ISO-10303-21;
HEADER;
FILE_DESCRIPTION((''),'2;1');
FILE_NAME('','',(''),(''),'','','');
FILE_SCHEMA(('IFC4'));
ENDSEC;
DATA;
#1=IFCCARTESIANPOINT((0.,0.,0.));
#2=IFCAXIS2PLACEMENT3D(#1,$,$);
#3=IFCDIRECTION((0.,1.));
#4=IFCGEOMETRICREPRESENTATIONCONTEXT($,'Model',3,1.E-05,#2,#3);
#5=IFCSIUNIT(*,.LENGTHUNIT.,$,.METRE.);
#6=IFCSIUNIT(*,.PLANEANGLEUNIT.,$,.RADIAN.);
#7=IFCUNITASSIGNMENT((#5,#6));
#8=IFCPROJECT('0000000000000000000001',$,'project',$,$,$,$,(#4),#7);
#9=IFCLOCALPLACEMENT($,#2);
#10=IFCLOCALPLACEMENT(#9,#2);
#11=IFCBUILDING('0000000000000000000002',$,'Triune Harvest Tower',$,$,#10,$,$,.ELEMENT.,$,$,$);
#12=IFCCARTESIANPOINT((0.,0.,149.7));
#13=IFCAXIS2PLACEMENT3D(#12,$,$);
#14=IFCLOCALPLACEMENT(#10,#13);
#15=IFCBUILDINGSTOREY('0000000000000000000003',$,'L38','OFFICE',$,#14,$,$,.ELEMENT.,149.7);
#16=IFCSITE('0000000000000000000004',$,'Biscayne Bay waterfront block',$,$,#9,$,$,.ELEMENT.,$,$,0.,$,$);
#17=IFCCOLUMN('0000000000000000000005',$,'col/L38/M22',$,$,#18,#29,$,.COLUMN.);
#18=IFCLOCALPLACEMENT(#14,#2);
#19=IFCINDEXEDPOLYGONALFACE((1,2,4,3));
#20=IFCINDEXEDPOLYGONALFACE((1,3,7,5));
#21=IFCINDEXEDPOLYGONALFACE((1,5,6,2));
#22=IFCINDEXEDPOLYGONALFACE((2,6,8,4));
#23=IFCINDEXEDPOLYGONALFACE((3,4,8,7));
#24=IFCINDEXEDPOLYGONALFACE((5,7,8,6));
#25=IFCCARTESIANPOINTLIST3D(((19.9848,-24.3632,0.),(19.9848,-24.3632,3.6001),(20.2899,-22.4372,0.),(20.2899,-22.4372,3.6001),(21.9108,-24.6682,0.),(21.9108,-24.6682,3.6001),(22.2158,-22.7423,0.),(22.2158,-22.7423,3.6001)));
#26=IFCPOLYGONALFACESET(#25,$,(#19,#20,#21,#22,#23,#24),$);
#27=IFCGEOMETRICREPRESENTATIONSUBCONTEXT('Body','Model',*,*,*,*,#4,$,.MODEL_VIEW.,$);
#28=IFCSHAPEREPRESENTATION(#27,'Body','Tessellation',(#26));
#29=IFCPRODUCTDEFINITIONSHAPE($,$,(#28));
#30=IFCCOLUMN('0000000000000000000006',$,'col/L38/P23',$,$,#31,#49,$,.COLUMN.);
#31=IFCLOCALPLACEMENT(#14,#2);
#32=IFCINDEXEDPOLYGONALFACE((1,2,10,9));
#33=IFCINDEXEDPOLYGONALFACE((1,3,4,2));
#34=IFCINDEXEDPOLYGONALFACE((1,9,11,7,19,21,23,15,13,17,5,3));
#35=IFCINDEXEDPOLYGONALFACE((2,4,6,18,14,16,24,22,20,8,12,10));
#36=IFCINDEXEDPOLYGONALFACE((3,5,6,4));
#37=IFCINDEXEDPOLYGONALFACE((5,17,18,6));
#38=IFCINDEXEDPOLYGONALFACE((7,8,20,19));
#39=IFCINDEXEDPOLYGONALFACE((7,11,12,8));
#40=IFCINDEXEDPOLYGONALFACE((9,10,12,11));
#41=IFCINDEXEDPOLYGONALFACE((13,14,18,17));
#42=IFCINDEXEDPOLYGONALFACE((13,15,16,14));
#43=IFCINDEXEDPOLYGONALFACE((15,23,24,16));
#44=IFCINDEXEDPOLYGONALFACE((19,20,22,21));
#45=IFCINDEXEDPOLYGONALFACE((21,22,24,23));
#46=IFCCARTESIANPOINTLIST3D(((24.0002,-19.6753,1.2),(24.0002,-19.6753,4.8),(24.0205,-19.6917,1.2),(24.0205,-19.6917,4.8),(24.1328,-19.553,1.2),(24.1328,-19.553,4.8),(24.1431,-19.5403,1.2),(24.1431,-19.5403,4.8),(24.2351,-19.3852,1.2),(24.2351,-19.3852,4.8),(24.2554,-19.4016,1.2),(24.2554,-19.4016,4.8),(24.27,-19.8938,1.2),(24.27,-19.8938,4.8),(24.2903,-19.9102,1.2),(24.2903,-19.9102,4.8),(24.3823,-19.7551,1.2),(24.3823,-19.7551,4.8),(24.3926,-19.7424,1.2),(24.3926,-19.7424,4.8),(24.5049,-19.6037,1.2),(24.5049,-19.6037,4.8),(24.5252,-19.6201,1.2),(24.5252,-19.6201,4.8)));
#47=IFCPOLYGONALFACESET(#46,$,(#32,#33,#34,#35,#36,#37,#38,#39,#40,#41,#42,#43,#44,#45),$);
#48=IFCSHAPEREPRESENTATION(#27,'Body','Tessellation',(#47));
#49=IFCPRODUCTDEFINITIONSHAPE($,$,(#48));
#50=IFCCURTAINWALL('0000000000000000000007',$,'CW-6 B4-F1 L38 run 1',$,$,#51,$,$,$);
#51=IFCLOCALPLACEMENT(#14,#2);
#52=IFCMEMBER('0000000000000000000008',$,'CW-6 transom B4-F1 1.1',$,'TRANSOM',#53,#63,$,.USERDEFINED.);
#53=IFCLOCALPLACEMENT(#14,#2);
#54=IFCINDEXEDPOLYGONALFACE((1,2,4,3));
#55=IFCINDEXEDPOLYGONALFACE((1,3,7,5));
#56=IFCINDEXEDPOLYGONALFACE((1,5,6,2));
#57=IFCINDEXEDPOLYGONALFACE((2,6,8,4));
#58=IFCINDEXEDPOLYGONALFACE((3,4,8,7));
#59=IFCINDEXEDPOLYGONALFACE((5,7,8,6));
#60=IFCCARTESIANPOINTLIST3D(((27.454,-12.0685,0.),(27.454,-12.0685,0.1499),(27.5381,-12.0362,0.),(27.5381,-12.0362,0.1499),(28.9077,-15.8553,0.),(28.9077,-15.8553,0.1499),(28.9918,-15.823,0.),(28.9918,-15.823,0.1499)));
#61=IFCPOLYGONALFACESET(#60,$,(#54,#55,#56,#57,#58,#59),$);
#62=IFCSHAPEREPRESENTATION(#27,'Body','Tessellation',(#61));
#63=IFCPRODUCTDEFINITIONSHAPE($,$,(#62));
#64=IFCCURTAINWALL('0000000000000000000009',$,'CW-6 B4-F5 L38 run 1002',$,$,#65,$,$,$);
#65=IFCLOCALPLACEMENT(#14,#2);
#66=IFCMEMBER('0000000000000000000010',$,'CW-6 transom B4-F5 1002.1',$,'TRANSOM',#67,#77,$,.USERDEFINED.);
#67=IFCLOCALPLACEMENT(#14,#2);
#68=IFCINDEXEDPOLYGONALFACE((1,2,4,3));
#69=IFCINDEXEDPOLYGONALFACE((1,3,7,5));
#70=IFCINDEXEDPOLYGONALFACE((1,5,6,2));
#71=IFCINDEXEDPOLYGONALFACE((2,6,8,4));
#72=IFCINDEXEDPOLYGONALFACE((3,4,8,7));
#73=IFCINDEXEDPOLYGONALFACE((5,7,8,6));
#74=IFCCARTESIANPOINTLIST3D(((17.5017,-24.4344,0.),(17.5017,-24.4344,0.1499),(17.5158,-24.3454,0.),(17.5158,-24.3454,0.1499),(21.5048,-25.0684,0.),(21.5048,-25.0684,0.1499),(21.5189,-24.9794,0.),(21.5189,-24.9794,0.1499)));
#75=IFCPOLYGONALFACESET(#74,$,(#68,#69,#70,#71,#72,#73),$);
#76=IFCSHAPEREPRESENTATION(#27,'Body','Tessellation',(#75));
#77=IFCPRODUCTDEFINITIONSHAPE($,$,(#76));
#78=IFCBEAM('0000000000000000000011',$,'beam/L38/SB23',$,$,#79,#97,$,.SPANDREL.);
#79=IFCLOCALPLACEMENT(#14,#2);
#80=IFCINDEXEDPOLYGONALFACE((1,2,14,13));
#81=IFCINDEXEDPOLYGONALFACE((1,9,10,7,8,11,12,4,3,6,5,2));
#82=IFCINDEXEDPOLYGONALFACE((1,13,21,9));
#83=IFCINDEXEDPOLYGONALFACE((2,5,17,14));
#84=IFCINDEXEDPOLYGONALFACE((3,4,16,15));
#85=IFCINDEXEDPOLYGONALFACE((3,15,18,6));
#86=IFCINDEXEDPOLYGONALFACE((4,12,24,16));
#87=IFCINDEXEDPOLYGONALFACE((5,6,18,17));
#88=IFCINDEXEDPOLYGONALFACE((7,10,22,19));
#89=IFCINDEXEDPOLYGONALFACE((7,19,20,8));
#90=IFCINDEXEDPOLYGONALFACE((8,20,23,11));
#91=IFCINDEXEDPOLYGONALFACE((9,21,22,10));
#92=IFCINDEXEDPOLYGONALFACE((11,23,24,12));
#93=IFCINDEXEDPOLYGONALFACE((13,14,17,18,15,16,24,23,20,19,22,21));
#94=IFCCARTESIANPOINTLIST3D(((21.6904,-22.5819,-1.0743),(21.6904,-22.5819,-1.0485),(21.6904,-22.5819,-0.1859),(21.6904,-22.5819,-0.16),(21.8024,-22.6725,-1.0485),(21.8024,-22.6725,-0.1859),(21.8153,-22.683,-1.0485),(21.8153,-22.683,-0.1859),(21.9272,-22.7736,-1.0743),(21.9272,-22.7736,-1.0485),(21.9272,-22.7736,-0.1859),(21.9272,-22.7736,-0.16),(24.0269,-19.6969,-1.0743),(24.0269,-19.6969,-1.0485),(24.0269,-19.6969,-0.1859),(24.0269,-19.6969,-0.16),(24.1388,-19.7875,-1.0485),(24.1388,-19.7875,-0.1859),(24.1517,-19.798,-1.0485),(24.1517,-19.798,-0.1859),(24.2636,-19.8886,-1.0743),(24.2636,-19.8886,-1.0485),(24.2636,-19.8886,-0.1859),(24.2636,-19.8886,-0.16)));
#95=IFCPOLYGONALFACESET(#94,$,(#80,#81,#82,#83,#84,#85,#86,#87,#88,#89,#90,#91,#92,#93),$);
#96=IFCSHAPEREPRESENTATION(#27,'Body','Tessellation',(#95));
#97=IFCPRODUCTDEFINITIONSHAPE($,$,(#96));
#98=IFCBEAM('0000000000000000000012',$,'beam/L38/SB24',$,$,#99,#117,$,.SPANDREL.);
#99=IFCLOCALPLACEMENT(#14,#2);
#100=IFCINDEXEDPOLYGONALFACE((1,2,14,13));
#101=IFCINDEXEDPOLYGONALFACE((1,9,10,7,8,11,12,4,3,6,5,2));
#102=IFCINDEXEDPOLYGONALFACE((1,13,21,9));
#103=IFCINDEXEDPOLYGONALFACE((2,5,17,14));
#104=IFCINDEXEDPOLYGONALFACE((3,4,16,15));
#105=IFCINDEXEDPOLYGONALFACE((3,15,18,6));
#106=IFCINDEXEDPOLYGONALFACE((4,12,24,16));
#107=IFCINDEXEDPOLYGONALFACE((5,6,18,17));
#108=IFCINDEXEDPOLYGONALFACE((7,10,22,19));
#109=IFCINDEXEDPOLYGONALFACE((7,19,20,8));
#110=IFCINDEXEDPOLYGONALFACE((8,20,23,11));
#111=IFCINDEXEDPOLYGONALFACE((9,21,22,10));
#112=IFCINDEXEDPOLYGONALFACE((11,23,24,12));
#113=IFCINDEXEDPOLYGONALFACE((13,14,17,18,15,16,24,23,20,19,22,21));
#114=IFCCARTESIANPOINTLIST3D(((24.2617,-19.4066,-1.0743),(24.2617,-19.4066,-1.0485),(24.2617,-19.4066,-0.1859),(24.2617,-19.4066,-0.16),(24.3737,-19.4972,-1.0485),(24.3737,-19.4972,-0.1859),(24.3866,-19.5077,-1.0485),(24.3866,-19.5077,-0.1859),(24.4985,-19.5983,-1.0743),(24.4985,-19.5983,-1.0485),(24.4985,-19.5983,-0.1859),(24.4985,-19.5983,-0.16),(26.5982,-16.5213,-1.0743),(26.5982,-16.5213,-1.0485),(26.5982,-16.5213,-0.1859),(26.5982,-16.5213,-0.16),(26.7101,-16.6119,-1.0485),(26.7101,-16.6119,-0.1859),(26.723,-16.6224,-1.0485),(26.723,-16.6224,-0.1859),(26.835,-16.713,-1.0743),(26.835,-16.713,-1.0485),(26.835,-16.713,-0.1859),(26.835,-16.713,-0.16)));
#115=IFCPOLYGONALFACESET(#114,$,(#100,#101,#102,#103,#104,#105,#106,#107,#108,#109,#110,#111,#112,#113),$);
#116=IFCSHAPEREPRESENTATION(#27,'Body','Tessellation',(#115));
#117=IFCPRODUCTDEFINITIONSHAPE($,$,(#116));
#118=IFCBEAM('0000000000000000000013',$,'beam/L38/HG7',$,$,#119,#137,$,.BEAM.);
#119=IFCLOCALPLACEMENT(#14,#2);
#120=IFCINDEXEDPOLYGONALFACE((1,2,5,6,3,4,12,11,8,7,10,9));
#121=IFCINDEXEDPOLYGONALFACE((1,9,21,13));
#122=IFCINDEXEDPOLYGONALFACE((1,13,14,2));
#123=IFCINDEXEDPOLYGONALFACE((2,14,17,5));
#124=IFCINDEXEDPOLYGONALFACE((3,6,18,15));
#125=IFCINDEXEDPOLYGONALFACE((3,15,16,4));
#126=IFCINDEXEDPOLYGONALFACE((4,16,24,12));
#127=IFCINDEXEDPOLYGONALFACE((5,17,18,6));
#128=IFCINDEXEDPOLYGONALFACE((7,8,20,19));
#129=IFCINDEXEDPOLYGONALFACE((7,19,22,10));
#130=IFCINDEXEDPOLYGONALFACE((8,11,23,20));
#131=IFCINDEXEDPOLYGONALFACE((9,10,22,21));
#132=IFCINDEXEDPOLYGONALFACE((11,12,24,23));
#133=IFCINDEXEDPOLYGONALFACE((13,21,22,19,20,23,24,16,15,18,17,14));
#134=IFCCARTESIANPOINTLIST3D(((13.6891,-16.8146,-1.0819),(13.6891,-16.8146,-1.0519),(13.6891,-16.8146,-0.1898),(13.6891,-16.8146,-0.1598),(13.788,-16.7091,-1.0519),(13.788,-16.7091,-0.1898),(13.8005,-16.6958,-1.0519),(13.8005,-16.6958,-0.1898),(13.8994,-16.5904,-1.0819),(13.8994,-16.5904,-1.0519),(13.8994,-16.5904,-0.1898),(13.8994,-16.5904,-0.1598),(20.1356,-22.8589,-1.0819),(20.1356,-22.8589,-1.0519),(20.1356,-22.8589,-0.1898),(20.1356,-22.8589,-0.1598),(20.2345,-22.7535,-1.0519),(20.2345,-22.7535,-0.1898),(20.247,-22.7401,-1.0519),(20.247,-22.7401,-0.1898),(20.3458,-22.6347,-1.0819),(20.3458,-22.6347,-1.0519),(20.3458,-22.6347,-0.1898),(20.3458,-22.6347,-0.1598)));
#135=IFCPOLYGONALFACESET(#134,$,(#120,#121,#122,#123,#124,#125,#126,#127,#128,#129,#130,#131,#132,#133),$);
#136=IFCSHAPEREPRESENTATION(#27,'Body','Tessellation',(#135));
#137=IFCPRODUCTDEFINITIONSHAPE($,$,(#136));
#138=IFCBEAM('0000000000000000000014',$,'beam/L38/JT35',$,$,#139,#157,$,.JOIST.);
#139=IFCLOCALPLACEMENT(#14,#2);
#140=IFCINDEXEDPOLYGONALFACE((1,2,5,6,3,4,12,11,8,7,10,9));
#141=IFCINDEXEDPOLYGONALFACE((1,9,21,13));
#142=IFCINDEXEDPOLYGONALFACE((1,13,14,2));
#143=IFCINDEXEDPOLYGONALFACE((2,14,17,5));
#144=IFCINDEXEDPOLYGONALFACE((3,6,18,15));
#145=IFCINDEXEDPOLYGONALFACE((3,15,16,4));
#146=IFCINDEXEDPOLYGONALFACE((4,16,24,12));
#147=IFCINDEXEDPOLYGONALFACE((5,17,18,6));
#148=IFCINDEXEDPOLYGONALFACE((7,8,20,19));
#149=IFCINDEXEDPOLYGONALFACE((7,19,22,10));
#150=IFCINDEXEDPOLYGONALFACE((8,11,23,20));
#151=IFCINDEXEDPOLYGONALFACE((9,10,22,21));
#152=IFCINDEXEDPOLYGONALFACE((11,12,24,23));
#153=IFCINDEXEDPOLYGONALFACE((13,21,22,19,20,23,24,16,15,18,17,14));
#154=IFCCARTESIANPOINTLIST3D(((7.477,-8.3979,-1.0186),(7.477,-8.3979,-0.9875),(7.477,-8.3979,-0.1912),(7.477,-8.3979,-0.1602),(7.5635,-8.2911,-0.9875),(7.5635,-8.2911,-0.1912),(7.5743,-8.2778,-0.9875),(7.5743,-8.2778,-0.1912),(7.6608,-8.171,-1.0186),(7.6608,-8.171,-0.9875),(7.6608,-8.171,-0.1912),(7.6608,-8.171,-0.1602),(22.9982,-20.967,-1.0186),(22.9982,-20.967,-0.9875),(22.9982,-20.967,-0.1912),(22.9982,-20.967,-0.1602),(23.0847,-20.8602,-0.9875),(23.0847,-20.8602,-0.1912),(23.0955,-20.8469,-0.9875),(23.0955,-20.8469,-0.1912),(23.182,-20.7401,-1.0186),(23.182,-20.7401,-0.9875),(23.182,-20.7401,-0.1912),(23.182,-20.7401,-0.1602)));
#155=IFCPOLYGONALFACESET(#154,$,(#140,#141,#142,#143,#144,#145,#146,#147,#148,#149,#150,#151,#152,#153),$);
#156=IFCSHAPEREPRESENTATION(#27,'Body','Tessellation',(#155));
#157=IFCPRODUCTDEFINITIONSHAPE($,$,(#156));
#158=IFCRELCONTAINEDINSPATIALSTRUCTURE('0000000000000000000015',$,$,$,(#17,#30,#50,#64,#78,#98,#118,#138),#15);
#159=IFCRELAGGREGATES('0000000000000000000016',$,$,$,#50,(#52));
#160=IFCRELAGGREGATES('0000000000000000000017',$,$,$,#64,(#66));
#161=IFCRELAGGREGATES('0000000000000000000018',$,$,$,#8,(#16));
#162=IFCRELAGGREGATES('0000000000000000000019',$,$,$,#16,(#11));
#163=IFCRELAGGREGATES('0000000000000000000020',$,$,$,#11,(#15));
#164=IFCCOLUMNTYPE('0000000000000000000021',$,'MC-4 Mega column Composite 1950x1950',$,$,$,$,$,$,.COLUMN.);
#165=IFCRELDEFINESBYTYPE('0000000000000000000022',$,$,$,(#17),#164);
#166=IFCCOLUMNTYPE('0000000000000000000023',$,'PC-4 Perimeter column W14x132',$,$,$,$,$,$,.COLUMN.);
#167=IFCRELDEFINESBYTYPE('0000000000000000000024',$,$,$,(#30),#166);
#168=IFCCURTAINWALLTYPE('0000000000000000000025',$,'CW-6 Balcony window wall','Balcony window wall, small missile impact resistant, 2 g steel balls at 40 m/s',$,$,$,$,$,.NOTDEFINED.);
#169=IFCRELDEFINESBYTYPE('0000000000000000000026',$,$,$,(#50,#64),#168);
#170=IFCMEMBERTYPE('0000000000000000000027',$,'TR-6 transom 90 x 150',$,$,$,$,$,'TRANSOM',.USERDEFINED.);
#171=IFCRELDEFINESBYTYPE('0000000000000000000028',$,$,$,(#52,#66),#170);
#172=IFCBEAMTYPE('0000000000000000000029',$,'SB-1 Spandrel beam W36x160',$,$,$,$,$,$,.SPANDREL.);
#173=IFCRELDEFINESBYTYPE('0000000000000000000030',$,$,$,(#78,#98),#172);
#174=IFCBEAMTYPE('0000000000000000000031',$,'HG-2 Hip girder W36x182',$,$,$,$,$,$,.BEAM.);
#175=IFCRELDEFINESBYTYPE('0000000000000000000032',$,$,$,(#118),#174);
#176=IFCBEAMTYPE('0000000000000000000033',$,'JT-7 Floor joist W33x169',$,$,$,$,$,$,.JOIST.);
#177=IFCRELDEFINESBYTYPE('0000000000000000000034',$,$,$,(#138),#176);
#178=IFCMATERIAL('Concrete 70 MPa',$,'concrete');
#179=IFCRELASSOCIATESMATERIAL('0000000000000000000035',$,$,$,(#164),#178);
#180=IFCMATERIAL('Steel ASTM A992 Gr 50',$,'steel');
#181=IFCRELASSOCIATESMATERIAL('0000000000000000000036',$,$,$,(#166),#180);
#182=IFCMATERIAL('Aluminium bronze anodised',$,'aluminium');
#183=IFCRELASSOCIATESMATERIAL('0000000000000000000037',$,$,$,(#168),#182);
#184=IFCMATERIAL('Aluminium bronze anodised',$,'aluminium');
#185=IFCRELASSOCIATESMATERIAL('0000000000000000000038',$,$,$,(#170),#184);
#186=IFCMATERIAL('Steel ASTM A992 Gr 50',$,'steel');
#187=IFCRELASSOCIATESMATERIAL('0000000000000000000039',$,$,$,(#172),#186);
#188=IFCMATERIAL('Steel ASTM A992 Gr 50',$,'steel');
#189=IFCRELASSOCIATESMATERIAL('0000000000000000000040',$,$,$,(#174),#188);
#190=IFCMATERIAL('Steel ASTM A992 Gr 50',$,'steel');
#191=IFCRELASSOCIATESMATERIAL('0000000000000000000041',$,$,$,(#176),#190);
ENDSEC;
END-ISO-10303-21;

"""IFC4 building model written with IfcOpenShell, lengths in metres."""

from ifc_helpers import new_model, si_unit, direction, frame, origin, origin_2d, place, context, subcontext, project, spatial, rectangle, i_section, extrude, source, transform, mapped, material, material_profile, profile_set, type_object, element, aggregate, save


model = new_model("IFC4")

# Units and contexts
model_context = context("Model", 3, precision=1e-05, world=origin(), true_north=direction((0.0, 1.0)))
body_context = subcontext(model_context, "Body", "Model", "MODEL_VIEW")
ifc_project = project(units=[si_unit("LENGTHUNIT", "METRE"), si_unit("PLANEANGLEUNIT", "RADIAN")], contexts=[model_context])

# Site, building, storey
site_placement = place(None, origin())
site = spatial("IfcSite", under=ifc_project, at=site_placement, Name="Biscayne Bay waterfront block", CompositionType="ELEMENT", RefElevation=0.0)
building_placement = place(site_placement, origin())
building = spatial("IfcBuilding", under=site, at=building_placement, Name="Triune Harvest Tower", CompositionType="ELEMENT")
storey_placement = place(building_placement, frame((0.0, 0.0, 149.7)))
storey = spatial("IfcBuildingStorey", under=building, at=storey_placement, Name="L38", Description="OFFICE", CompositionType="ELEMENT", Elevation=149.7)

# Columns
ifc_material_1 = material(Name="Concrete 70 MPa", Category="concrete")
ifc_material_profile_1 = material_profile(ifc_material_1, rectangle(XDim=1.95, YDim=1.95, at=origin_2d()), Name="Composite 1950x1950")
ifc_profile_set_1 = profile_set([ifc_material_profile_1], Name="Concrete 70 MPa")
column_type_1 = type_object("IfcColumnType", Name="MC-4 Mega column Composite 1950x1950", PredefinedType="COLUMN", material=ifc_profile_set_1)
shared_shape_1 = source(origin(), body_context, "Body", "SweptSolid", [
    extrude(rectangle(XDim=1.95, YDim=1.95, at=origin_2d()), origin(), (0.0, 0.0, 1.0), 3.6001),
])
column_1_placement = place(storey_placement, frame((21.1003, -23.5527, 0.0), z_axis=(0.0, 0.0, 1.0), x_axis=(0.987688, -0.156434, 0.0)))
element("IfcColumn", 1, at=column_1_placement, inside=storey, type_object=column_type_1, Name="col/L38/M22", PredefinedType="COLUMN", context=body_context, shape_type="MappedRepresentation", body=[
    mapped(shared_shape_1, transform((0.0, 0.0, 0.0), scale=1.0)),
])
ifc_material_2 = material(Name="Steel ASTM A992 Gr 50", Category="steel")
ifc_material_profile_2 = material_profile(ifc_material_2, i_section(OverallWidth=0.3733, OverallDepth=0.3733, WebThickness=0.0164, FlangeThickness=0.0261, at=origin_2d()), Name="W14x132")
ifc_profile_set_2 = profile_set([ifc_material_profile_2], Name="Steel ASTM A992 Gr 50")
column_type_2 = type_object("IfcColumnType", Name="PC-4 Perimeter column W14x132", PredefinedType="COLUMN", material=ifc_profile_set_2)
shared_shape_2 = source(origin(), body_context, "Body", "SweptSolid", [
    extrude(i_section(OverallWidth=0.3733, OverallDepth=0.3733, WebThickness=0.0164, FlangeThickness=0.0261, at=origin_2d()), origin(), (0.0, 0.0, 1.0), 3.6001),
])
column_2_placement = place(storey_placement, frame((24.2627, -19.6477, 1.2), z_axis=(0.0, 0.0, 1.0), x_axis=(0.629322, 0.777145, 0.0)))
element("IfcColumn", 2, at=column_2_placement, inside=storey, type_object=column_type_2, Name="col/L38/P23", PredefinedType="COLUMN", context=body_context, shape_type="MappedRepresentation", body=[
    mapped(shared_shape_2, transform((0.0, 0.0, 0.0), scale=1.0)),
])

# Curtain walls, members
ifc_material_3 = material(Name="Aluminium bronze anodised", Category="aluminium")
curtain_wall_type_1 = type_object("IfcCurtainWallType", Name="CW-6 Balcony window wall", Description="Balcony window wall, small missile impact resistant, 2 g steel balls at 40 m/s", PredefinedType="NOTDEFINED", material=ifc_material_3)
curtain_wall_1_placement = place(storey_placement, origin())
curtain_wall_1 = element("IfcCurtainWall", 3, at=curtain_wall_1_placement, inside=storey, type_object=curtain_wall_type_1, Name="CW-6 B4-F1 L38 run 1")
ifc_material_4 = material(Name="Aluminium bronze anodised", Category="aluminium")
ifc_material_profile_3 = material_profile(ifc_material_4, rectangle(XDim=0.0901, YDim=0.1499, at=origin_2d()), Name="TR-6 transom 90 x 150")
ifc_profile_set_3 = profile_set([ifc_material_profile_3], Name="Aluminium bronze anodised")
member_type_1 = type_object("IfcMemberType", Name="TR-6 transom 90 x 150", ElementType="TRANSOM", PredefinedType="USERDEFINED", material=ifc_profile_set_3)
member_1_placement = place(storey_placement, frame((28.9497, -15.8391, 0.075), z_axis=(-0.358382, 0.933575, 0.0), x_axis=(-0.933575, -0.358382, 0.0)))
member_1 = element("IfcMember", 4, at=member_1_placement, type_object=member_type_1, Name="CW-6 transom B4-F1 1.1", ObjectType="TRANSOM", PredefinedType="USERDEFINED", context=body_context, shape_type="SweptSolid", body=[
    extrude(rectangle(XDim=0.0901, YDim=0.1499, at=origin_2d()), origin(), (0.0, 0.0, 1.0), 4.0562),
])
curtain_wall_2_placement = place(storey_placement, origin())
curtain_wall_2 = element("IfcCurtainWall", 5, at=curtain_wall_2_placement, inside=storey, type_object=curtain_wall_type_1, Name="CW-6 B4-F5 L38 run 1002")
member_2_placement = place(storey_placement, frame((17.5088, -24.3899, 0.075), z_axis=(0.987689, -0.156433, 0.0), x_axis=(0.156433, 0.987689, 0.0)))
member_2 = element("IfcMember", 6, at=member_2_placement, type_object=member_type_1, Name="CW-6 transom B4-F5 1002.1", ObjectType="TRANSOM", PredefinedType="USERDEFINED", context=body_context, shape_type="SweptSolid", body=[
    extrude(rectangle(XDim=0.0901, YDim=0.1499, at=origin_2d()), origin(), (0.0, 0.0, 1.0), 4.053),
])

# Beams
ifc_material_5 = material(Name="Steel ASTM A992 Gr 50", Category="steel")
ifc_material_profile_4 = material_profile(ifc_material_5, i_section(OverallWidth=0.3047, OverallDepth=0.9143, WebThickness=0.0166, FlangeThickness=0.0259, at=origin_2d()), Name="W36x160")
ifc_profile_set_4 = profile_set([ifc_material_profile_4], Name="Steel ASTM A992 Gr 50")
beam_type_1 = type_object("IfcBeamType", Name="SB-1 Spandrel beam W36x160", PredefinedType="SPANDREL", material=ifc_profile_set_4)
shared_shape_3 = source(origin(), body_context, "Body", "SweptSolid", [
    extrude(i_section(OverallWidth=0.3047, OverallDepth=0.9143, WebThickness=0.0166, FlangeThickness=0.0259, at=origin_2d()), origin(), (0.0, 0.0, 1.0), 3.7124),
])
beam_1_placement = place(storey_placement, frame((21.8088, -22.6777, -0.6172), z_axis=(0.629351, 0.777121, 0.0), x_axis=(-0.777121, 0.629351, 0.0)))
element("IfcBeam", 7, at=beam_1_placement, inside=storey, type_object=beam_type_1, Name="beam/L38/SB23", PredefinedType="SPANDREL", context=body_context, shape_type="MappedRepresentation", body=[
    mapped(shared_shape_3, transform((0.0, 0.0, 0.0), scale=1.0)),
])
shared_shape_4 = source(origin(), body_context, "Body", "SweptSolid", [
    extrude(i_section(OverallWidth=0.3047, OverallDepth=0.9143, WebThickness=0.0166, FlangeThickness=0.0259, at=origin_2d()), origin(), (0.0, 0.0, 1.0), 3.7126),
])
beam_2_placement = place(storey_placement, frame((24.3801, -19.5024, -0.6172), z_axis=(0.629319, 0.777147, 0.0), x_axis=(-0.777147, 0.629319, 0.0)))
element("IfcBeam", 8, at=beam_2_placement, inside=storey, type_object=beam_type_1, Name="beam/L38/SB24", PredefinedType="SPANDREL", context=body_context, shape_type="MappedRepresentation", body=[
    mapped(shared_shape_4, transform((0.0, 0.0, 0.0), scale=1.0)),
])
ifc_material_6 = material(Name="Steel ASTM A992 Gr 50", Category="steel")
ifc_material_profile_5 = material_profile(ifc_material_6, i_section(OverallWidth=0.3074, OverallDepth=0.9221, WebThickness=0.0183, FlangeThickness=0.03, at=origin_2d()), Name="W36x182")
ifc_profile_set_5 = profile_set([ifc_material_profile_5], Name="Steel ASTM A992 Gr 50")
beam_type_2 = type_object("IfcBeamType", Name="HG-2 Hip girder W36x182", PredefinedType="BEAM", material=ifc_profile_set_5)
shared_shape_5 = source(origin(), body_context, "Body", "SweptSolid", [
    extrude(i_section(OverallWidth=0.3074, OverallDepth=0.9221, WebThickness=0.0183, FlangeThickness=0.03, at=origin_2d()), origin(), (0.0, 0.0, 1.0), 8.8369),
])
beam_3_placement = place(storey_placement, frame((20.2407, -22.7468, -0.6208), z_axis=(-0.729492, 0.68399, 0.0), x_axis=(-0.68399, -0.729492, 0.0)))
element("IfcBeam", 9, at=beam_3_placement, inside=storey, type_object=beam_type_2, Name="beam/L38/HG7", PredefinedType="BEAM", context=body_context, shape_type="MappedRepresentation", body=[
    mapped(shared_shape_5, transform((0.0, 0.0, 0.0), scale=1.0)),
])
ifc_material_7 = material(Name="Steel ASTM A992 Gr 50", Category="steel")
ifc_material_profile_6 = material_profile(ifc_material_7, i_section(OverallWidth=0.292, OverallDepth=0.8584, WebThickness=0.0171, FlangeThickness=0.031, at=origin_2d()), Name="W33x169")
ifc_profile_set_6 = profile_set([ifc_material_profile_6], Name="Steel ASTM A992 Gr 50")
beam_type_3 = type_object("IfcBeamType", Name="JT-7 Floor joist W33x169", PredefinedType="JOIST", material=ifc_profile_set_6)
shared_shape_6 = source(origin(), body_context, "Body", "SweptSolid", [
    extrude(i_section(OverallWidth=0.292, OverallDepth=0.8584, WebThickness=0.0171, FlangeThickness=0.031, at=origin_2d()), origin(), (0.0, 0.0, 1.0), 19.9722),
])
beam_4_placement = place(storey_placement, frame((23.0901, -20.8535, -0.5894), z_axis=(-0.77714, 0.629328, 0.0), x_axis=(-0.629328, -0.77714, 0.0)))
element("IfcBeam", 10, at=beam_4_placement, inside=storey, type_object=beam_type_3, Name="beam/L38/JT35", PredefinedType="JOIST", context=body_context, shape_type="MappedRepresentation", body=[
    mapped(shared_shape_6, transform((0.0, 0.0, 0.0), scale=1.0)),
])

aggregate(curtain_wall_1, [member_1])

aggregate(curtain_wall_2, [member_2])

save(model, "model.ifc")
